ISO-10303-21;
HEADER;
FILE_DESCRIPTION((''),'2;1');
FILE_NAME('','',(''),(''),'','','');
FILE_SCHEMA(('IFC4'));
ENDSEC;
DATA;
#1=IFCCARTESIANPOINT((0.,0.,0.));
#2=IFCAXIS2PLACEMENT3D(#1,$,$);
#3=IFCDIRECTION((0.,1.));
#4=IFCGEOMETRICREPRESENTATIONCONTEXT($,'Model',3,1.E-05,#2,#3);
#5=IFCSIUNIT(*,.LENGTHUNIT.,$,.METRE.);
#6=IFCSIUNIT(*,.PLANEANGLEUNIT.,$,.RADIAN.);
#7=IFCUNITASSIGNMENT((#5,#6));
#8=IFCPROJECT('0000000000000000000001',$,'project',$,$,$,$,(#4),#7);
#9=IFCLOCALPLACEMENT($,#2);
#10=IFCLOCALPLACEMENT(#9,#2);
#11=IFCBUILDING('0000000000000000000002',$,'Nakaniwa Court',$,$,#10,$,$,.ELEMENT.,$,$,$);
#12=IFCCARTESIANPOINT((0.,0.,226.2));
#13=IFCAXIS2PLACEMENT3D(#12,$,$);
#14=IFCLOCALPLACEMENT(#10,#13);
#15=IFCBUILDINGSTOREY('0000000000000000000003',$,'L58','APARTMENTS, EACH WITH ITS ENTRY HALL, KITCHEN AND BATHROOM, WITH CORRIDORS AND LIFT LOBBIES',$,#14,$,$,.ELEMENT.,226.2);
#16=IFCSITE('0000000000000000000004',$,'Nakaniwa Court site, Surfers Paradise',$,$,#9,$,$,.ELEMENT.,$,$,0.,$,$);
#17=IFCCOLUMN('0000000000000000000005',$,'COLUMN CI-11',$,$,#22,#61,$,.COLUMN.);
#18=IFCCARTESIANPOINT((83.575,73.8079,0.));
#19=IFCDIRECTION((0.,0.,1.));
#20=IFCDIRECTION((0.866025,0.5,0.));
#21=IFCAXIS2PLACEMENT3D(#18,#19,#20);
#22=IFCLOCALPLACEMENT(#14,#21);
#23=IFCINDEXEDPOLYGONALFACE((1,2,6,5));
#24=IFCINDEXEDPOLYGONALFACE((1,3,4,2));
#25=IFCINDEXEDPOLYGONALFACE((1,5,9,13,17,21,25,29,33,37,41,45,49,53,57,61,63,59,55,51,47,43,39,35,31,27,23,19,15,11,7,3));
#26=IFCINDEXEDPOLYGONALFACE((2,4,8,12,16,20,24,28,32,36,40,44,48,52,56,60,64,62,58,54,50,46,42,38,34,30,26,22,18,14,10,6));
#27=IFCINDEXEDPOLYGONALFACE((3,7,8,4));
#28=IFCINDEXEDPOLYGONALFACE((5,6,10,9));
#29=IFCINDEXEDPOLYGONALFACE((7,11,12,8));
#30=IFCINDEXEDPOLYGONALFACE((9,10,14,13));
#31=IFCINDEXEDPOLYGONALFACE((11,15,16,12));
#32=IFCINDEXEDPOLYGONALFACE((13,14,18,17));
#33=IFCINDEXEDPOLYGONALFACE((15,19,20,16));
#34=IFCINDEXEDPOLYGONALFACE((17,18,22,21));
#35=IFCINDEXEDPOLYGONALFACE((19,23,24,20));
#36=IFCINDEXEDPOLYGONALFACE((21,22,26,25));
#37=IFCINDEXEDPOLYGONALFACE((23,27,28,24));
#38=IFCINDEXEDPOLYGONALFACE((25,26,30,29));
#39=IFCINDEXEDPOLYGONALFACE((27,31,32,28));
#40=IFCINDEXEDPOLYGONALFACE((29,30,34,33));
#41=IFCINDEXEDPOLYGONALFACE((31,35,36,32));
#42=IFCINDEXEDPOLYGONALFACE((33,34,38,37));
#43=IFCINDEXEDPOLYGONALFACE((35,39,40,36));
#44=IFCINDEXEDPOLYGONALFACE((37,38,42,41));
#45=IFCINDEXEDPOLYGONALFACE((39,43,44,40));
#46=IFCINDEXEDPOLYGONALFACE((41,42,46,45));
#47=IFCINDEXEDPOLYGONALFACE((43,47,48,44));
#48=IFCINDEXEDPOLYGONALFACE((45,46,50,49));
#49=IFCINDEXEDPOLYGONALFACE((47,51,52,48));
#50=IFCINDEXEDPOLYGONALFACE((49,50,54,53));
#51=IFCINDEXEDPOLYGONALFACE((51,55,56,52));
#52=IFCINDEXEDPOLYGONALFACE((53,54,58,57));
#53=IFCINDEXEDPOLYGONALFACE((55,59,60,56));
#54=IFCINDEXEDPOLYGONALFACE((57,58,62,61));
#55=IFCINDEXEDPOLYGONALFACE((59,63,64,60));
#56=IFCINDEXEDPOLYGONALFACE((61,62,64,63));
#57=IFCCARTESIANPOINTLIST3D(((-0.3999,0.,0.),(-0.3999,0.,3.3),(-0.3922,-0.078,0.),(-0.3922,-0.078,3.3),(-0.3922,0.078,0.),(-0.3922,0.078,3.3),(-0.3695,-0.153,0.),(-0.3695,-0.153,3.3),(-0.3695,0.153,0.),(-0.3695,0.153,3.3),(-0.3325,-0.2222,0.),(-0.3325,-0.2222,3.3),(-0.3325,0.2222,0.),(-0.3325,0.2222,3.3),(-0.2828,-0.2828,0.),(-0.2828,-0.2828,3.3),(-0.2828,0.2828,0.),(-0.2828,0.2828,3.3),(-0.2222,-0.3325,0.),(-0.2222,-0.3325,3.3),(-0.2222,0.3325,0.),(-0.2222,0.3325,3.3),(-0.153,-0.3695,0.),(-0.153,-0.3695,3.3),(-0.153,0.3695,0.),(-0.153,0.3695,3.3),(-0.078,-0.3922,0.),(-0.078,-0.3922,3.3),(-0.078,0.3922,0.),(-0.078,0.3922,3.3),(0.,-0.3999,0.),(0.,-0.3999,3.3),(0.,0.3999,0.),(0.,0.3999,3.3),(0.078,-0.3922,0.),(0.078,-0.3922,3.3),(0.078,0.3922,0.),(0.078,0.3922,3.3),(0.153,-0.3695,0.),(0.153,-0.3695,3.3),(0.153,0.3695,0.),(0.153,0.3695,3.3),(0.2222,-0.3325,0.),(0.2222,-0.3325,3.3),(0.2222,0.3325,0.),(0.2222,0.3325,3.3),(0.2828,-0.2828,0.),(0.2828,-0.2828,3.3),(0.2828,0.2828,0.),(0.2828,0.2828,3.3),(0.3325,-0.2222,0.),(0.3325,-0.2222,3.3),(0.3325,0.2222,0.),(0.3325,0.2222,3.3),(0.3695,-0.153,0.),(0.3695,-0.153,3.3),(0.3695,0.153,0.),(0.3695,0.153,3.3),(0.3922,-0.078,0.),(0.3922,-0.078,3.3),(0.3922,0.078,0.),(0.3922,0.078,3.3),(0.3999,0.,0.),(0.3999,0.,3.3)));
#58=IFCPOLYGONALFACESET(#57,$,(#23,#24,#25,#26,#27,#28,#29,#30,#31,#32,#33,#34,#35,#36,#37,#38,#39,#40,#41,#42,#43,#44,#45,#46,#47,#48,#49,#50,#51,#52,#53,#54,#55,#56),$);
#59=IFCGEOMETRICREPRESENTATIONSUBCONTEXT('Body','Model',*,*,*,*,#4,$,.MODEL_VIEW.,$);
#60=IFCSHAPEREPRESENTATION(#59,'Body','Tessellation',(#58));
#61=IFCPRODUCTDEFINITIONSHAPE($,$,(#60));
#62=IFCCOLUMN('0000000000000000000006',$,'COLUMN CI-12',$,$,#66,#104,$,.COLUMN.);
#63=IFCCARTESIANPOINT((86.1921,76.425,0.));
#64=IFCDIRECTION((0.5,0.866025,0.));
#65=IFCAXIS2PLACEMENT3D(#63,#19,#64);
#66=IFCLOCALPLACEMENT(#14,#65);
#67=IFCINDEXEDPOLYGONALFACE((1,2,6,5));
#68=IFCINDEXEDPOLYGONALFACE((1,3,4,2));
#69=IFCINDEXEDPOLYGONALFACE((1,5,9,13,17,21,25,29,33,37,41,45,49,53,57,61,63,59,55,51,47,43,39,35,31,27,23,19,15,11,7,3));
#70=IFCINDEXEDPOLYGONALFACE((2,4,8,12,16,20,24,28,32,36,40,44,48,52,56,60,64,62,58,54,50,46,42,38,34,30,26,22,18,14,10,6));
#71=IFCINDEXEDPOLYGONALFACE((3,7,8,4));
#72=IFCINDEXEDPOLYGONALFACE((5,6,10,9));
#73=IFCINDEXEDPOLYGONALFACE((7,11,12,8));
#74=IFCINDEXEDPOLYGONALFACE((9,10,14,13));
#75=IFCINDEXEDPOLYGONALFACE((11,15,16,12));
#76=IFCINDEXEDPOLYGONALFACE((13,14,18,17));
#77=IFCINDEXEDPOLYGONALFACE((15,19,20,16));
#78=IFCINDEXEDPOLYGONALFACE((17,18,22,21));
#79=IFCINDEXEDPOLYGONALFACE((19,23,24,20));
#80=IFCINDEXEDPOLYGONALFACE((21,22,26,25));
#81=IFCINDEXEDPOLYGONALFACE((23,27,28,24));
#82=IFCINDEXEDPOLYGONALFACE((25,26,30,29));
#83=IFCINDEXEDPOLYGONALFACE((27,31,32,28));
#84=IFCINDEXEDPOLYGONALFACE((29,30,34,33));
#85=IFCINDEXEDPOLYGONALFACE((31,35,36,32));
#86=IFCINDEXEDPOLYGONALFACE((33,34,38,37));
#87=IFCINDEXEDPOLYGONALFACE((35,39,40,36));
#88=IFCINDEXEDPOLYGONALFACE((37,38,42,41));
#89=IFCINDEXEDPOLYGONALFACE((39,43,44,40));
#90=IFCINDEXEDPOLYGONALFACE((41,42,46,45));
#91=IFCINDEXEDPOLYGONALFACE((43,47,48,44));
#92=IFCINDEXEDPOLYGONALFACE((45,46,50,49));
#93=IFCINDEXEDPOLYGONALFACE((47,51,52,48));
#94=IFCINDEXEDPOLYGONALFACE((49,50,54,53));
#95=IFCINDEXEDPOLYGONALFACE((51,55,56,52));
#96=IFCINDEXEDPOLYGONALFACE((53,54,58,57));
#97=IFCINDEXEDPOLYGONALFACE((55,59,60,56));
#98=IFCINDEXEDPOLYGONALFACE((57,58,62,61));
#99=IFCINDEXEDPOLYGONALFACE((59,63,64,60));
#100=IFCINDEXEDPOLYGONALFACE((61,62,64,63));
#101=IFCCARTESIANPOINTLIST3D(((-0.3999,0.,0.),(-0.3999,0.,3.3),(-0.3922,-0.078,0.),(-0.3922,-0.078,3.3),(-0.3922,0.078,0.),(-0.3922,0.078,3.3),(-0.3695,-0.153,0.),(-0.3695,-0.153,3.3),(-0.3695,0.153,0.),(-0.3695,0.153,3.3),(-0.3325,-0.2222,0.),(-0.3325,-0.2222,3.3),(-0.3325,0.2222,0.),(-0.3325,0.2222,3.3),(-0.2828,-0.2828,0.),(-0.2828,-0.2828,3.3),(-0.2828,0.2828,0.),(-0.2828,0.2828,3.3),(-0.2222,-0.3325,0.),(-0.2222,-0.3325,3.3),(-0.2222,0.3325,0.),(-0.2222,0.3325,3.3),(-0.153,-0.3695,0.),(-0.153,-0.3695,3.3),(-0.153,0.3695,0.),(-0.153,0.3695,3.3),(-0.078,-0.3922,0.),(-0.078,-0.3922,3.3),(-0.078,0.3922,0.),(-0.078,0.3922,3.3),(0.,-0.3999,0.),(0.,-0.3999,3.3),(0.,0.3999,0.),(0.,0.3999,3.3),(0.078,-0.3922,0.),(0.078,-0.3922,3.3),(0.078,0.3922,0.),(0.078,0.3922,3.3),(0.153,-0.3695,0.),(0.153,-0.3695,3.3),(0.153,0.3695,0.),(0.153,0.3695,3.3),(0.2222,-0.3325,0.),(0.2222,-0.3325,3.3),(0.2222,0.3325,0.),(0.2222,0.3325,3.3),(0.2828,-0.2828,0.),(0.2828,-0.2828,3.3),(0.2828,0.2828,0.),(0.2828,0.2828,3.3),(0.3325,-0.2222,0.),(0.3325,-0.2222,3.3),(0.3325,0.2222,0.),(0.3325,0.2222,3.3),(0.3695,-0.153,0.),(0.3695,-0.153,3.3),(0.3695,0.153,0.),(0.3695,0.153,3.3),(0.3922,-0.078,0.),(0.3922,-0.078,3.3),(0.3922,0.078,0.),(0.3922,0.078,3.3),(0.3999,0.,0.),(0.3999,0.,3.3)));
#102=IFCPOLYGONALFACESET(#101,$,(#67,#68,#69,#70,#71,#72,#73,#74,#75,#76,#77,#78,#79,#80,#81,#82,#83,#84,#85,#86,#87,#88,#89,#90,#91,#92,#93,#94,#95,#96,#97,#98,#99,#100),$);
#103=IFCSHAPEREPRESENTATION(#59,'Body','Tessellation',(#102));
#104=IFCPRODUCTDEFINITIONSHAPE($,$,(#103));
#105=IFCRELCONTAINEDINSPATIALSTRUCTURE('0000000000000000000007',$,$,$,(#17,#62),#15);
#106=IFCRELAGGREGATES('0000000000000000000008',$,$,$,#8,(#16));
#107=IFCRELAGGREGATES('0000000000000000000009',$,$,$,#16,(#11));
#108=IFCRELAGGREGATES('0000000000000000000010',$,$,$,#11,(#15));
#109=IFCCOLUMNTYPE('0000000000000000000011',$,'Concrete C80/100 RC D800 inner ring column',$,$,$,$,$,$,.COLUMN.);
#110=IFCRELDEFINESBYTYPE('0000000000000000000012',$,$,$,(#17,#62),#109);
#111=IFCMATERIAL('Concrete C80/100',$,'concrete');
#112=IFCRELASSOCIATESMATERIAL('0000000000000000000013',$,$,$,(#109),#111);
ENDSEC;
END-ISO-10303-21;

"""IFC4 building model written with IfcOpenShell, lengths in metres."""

from ifc_helpers import new_model, si_unit, direction, frame, origin, origin_2d, place, context, subcontext, project, spatial, circle, extrude, material, material_profile, profile_set, type_object, element, save


model = new_model("IFC4")

# Units and contexts
model_context = context("Model", 3, precision=1e-05, world=origin(), true_north=direction((0.0, 1.0)))
body_context = subcontext(model_context, "Body", "Model", "MODEL_VIEW")
ifc_project = project(units=[si_unit("LENGTHUNIT", "METRE"), si_unit("PLANEANGLEUNIT", "RADIAN")], contexts=[model_context])

# Site, building, storey
site_placement = place(None, origin())
site = spatial("IfcSite", under=ifc_project, at=site_placement, Name="Nakaniwa Court site, Surfers Paradise", CompositionType="ELEMENT", RefElevation=0.0)
building_placement = place(site_placement, origin())
building = spatial("IfcBuilding", under=site, at=building_placement, Name="Nakaniwa Court", CompositionType="ELEMENT")
storey_placement = place(building_placement, frame((0.0, 0.0, 226.2)))
storey = spatial("IfcBuildingStorey", under=building, at=storey_placement, Name="L58", Description="APARTMENTS, EACH WITH ITS ENTRY HALL, KITCHEN AND BATHROOM, WITH CORRIDORS AND LIFT LOBBIES", CompositionType="ELEMENT", Elevation=226.2)

# Columns
ifc_material_1 = material(Name="Concrete C80/100", Category="concrete")
ifc_material_profile_1 = material_profile(ifc_material_1, circle(Radius=0.3999, at=origin_2d()), Name="Concrete C80/100 RC D800 inner ring column")
ifc_profile_set_1 = profile_set([ifc_material_profile_1], Name="Concrete C80/100")
column_type = type_object("IfcColumnType", Name="Concrete C80/100 RC D800 inner ring column", PredefinedType="COLUMN", material=ifc_profile_set_1)
for number, where, z_axis, x_axis, name in (
    (1, (83.575, 73.8079, 0.0), (0.0, 0.0, 1.0), (0.866025, 0.5, 0.0), "COLUMN CI-11"),
    (2, (86.1921, 76.425, 0.0), (0.0, 0.0, 1.0), (0.5, 0.866025, 0.0), "COLUMN CI-12"),
):
    element("IfcColumn", number, at=place(storey_placement, frame(where, z_axis=z_axis, x_axis=x_axis)), inside=storey, type_object=column_type, Name=name, PredefinedType="COLUMN", context=body_context, shape_type="SweptSolid", body=[
        extrude(circle(Radius=0.3999, at=origin_2d()), origin(), (0.0, 0.0, 1.0), 3.3),
    ])

save(model, "model.ifc")
